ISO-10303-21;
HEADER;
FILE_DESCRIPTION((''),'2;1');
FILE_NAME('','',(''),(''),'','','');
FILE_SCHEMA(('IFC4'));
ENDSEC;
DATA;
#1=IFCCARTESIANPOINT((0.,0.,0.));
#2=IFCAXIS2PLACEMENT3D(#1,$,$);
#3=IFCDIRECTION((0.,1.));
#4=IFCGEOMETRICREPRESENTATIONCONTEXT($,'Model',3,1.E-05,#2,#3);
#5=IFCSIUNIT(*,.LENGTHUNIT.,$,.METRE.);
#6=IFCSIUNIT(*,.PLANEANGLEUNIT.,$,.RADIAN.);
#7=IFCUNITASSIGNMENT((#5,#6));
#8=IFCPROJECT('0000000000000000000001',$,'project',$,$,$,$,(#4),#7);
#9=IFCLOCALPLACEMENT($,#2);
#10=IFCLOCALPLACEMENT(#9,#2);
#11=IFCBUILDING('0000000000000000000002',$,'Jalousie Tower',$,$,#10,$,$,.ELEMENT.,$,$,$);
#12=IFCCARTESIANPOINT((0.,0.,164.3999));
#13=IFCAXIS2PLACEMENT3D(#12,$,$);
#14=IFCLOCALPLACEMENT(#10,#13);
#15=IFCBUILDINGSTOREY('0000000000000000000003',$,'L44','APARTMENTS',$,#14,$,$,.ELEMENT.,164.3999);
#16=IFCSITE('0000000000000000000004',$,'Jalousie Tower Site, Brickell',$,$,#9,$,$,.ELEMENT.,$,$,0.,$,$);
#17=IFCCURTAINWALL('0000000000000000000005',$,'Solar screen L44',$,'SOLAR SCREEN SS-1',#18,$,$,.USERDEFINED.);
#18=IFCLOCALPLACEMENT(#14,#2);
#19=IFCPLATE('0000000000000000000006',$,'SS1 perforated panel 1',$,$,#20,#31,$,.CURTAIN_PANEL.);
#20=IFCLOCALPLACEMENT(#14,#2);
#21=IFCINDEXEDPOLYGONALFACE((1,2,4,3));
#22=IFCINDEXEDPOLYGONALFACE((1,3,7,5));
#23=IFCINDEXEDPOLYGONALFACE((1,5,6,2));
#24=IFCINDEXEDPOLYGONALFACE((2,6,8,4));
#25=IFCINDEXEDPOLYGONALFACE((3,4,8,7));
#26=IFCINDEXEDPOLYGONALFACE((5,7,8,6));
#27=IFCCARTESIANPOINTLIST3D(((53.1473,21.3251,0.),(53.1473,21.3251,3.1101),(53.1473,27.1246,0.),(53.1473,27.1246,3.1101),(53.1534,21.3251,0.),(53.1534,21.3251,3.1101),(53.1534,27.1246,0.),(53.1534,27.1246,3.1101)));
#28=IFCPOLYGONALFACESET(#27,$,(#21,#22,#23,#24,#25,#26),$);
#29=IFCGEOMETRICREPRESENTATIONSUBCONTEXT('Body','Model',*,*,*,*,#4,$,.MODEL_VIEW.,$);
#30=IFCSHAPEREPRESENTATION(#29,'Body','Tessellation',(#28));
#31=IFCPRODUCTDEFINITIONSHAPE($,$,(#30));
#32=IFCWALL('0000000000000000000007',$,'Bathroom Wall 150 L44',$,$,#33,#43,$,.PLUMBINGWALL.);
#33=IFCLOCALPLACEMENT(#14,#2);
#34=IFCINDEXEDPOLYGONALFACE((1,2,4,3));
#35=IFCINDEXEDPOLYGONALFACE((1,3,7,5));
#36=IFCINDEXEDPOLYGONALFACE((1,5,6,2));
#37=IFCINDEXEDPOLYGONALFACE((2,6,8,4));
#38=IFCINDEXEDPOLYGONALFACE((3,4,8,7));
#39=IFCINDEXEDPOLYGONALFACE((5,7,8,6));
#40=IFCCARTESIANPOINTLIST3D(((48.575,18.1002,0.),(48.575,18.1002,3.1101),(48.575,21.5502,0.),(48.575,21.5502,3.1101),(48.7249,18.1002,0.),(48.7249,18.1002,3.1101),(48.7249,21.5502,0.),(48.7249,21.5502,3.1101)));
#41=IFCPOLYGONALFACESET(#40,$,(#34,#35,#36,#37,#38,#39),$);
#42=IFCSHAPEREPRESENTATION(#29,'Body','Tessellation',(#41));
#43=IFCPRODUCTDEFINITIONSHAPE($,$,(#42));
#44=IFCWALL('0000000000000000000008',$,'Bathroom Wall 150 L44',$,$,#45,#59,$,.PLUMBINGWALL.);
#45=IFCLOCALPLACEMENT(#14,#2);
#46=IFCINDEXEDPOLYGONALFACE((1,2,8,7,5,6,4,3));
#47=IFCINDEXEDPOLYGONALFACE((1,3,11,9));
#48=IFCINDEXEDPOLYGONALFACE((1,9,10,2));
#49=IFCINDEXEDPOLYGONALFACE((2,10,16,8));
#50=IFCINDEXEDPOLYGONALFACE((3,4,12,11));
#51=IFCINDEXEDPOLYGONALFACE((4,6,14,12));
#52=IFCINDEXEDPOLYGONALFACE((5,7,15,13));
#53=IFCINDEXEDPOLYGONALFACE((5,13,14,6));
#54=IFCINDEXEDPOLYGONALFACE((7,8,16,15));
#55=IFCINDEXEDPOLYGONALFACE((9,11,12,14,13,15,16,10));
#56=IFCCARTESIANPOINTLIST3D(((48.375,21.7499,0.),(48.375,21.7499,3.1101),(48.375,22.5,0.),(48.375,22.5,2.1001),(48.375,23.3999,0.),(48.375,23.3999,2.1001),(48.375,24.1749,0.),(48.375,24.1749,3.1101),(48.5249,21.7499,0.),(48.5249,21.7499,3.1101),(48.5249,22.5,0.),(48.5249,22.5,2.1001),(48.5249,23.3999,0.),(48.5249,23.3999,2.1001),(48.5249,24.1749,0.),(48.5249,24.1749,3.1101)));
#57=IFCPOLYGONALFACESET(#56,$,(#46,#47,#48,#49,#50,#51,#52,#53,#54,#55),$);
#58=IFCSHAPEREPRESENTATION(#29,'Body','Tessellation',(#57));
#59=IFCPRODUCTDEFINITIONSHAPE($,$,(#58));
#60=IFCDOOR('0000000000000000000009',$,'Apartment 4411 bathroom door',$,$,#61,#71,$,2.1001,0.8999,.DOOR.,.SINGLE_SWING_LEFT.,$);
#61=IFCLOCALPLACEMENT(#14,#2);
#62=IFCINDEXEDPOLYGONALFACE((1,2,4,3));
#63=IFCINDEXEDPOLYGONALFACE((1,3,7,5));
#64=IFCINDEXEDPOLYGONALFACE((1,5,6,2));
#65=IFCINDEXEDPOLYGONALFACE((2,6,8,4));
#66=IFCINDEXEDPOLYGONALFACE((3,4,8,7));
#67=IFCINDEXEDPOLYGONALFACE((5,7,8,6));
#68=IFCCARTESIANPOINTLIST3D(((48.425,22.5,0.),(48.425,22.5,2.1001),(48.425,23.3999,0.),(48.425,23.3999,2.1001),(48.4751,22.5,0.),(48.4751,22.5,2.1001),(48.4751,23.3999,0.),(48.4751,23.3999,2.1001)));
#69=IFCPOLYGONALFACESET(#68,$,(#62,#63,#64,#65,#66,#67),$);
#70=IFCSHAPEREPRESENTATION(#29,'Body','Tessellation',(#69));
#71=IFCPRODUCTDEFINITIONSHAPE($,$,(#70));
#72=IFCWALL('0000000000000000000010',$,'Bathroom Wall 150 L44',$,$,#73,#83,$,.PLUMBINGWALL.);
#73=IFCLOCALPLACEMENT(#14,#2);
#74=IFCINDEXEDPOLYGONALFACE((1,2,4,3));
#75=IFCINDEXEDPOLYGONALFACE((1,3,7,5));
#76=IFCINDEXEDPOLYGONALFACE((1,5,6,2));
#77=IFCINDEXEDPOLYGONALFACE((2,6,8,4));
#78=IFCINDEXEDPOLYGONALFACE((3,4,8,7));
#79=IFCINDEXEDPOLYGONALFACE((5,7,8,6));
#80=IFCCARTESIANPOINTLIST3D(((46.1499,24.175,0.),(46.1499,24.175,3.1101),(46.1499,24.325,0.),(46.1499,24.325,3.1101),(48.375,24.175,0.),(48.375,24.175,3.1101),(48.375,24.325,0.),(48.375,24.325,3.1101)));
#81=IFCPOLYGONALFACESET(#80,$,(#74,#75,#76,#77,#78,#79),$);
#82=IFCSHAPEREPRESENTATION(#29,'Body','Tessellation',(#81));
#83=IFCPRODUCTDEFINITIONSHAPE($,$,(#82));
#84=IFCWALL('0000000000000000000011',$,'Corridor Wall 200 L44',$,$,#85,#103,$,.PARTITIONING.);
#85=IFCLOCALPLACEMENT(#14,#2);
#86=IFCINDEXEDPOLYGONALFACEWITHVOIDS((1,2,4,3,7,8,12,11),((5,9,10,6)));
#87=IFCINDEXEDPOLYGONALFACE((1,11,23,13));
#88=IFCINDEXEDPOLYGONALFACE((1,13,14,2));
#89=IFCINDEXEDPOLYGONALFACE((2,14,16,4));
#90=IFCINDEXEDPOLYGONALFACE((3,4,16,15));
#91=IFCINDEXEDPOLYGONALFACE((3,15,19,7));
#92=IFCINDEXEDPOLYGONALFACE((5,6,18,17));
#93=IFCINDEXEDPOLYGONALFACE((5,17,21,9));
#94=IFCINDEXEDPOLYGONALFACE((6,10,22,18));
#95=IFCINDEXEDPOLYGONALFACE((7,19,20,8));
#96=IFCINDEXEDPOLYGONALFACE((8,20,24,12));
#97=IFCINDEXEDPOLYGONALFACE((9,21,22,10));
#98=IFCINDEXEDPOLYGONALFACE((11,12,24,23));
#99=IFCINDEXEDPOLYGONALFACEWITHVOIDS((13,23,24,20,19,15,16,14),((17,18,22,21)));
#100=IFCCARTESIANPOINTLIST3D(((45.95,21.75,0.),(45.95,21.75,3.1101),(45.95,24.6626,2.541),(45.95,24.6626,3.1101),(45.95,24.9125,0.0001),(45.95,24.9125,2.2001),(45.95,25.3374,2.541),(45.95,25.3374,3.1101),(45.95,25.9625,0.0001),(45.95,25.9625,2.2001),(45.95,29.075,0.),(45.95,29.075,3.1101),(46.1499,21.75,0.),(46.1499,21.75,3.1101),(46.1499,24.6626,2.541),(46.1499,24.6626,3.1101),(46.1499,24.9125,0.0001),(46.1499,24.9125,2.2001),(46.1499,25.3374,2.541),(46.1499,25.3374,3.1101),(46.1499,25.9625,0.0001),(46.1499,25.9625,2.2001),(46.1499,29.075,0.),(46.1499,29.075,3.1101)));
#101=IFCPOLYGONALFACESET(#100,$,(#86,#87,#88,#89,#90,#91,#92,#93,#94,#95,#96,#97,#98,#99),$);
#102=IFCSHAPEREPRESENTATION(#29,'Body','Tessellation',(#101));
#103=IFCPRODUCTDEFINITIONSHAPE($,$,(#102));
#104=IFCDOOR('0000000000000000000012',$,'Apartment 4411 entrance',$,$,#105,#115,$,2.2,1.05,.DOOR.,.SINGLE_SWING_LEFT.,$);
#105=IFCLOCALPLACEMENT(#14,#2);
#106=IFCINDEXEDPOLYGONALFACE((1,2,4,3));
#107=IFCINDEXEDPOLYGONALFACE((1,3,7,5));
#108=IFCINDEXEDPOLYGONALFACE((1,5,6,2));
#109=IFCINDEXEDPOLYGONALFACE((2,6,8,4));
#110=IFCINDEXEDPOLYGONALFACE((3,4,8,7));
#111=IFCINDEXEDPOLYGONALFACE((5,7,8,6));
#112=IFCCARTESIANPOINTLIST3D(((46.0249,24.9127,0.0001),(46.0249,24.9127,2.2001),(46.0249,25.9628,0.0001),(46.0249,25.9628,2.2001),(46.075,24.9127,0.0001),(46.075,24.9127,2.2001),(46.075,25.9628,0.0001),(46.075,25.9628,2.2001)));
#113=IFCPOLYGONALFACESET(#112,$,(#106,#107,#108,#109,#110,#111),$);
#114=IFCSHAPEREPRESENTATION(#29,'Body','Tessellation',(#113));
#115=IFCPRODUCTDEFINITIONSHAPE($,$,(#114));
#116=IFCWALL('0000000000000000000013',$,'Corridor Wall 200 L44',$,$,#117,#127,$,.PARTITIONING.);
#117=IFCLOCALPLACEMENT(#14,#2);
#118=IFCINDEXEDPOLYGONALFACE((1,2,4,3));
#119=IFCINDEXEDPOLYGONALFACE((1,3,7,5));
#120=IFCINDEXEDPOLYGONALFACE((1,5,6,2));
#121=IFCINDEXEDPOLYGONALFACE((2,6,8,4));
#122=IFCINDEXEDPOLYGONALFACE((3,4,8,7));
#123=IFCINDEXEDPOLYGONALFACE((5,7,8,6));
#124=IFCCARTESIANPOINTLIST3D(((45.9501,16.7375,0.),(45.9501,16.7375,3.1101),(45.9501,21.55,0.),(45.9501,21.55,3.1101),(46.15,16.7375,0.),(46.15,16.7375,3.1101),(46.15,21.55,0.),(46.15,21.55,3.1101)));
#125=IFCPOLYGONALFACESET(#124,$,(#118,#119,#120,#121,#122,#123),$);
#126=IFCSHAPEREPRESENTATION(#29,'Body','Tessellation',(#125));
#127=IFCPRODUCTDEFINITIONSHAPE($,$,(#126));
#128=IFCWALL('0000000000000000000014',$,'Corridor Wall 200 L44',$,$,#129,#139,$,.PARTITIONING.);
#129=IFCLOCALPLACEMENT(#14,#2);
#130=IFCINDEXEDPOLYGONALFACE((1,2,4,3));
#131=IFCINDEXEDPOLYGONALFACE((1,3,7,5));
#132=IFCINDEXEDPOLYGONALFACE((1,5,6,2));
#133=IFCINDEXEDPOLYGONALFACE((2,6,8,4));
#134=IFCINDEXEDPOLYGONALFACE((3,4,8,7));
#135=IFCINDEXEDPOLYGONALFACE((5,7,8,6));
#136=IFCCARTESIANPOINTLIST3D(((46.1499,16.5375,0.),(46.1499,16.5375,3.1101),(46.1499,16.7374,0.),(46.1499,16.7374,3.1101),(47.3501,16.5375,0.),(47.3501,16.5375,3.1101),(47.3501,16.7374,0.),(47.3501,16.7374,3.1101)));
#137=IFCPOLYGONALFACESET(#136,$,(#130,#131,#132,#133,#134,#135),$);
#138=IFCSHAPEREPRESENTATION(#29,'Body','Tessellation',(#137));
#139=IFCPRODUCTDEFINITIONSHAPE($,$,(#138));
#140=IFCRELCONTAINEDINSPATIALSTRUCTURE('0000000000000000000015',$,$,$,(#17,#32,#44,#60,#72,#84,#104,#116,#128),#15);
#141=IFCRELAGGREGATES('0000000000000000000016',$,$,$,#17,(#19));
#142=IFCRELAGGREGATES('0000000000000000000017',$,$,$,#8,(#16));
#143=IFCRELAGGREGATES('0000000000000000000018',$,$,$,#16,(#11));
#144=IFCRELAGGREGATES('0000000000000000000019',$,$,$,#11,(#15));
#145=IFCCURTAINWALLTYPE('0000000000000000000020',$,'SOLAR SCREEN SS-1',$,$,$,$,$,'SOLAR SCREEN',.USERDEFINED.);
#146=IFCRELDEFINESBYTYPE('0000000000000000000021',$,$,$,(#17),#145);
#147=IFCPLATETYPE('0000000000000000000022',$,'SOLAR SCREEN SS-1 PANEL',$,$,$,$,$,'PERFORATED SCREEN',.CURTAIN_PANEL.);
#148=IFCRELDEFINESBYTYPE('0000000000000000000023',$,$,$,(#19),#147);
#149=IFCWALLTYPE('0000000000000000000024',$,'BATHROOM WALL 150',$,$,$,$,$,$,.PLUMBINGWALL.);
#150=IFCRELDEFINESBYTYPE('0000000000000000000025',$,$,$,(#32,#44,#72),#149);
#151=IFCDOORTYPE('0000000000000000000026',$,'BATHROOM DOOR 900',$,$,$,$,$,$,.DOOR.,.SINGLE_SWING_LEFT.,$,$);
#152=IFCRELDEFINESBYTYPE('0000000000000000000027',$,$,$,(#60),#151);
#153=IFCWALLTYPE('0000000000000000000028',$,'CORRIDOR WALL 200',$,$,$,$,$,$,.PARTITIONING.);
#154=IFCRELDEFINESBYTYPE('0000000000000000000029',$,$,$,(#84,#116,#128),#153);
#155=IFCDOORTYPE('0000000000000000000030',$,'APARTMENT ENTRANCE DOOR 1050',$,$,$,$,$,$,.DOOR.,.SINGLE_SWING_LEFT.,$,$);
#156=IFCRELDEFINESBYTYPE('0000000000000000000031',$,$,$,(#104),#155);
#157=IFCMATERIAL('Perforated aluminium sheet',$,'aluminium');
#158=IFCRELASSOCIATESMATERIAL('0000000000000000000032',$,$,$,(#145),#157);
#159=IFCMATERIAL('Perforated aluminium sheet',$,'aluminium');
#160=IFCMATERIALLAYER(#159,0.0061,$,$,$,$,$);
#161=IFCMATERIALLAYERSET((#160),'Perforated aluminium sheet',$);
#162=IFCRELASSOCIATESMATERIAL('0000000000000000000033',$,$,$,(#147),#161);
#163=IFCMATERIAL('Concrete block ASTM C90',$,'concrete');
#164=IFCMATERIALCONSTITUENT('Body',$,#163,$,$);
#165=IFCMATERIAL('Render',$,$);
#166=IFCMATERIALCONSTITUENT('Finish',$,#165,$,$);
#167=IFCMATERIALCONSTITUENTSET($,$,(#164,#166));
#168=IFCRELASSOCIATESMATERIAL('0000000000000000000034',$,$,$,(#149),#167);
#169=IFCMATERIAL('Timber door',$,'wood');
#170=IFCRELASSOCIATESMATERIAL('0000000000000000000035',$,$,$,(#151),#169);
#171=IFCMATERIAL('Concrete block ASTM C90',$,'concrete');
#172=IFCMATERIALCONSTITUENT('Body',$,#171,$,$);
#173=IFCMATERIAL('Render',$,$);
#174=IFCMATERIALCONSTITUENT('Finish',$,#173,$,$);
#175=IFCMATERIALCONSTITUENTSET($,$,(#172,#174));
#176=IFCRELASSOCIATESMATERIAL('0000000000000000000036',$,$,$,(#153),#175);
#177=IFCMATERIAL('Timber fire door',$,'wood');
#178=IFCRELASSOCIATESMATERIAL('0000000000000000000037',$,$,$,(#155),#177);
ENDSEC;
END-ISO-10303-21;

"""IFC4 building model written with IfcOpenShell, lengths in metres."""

from ifc_helpers import new_model, si_unit, direction, frame, frame_2d, origin, origin_2d, place, context, subcontext, project, spatial, polyline, rectangle, outline, extrude, material, layer, layer_set, constituent, constituent_set, type_object, element, fill, aggregate, save


model = new_model("IFC4")

# Units and contexts
model_context = context("Model", 3, precision=1e-05, world=origin(), true_north=direction((0.0, 1.0)))
body_context = subcontext(model_context, "Body", "Model", "MODEL_VIEW")
ifc_project = project(units=[si_unit("LENGTHUNIT", "METRE"), si_unit("PLANEANGLEUNIT", "RADIAN")], contexts=[model_context])

# Site, building, storey
site_placement = place(None, origin())
site = spatial("IfcSite", under=ifc_project, at=site_placement, Name="Jalousie Tower Site, Brickell", CompositionType="ELEMENT", RefElevation=0.0)
building_placement = place(site_placement, origin())
building = spatial("IfcBuilding", under=site, at=building_placement, Name="Jalousie Tower", CompositionType="ELEMENT")
storey_placement = place(building_placement, frame((0.0, 0.0, 164.3999)))
storey = spatial("IfcBuildingStorey", under=building, at=storey_placement, Name="L44", Description="APARTMENTS", CompositionType="ELEMENT", Elevation=164.3999)

# Curtain wall, plate
ifc_material_1 = material(Name="Perforated aluminium sheet", Category="aluminium")
curtain_wall_type = type_object("IfcCurtainWallType", Name="SOLAR SCREEN SS-1", ElementType="SOLAR SCREEN", PredefinedType="USERDEFINED", material=ifc_material_1)
curtain_wall_placement = place(storey_placement, origin())
curtain_wall = element("IfcCurtainWall", 1, at=curtain_wall_placement, inside=storey, type_object=curtain_wall_type, Name="Solar screen L44", ObjectType="SOLAR SCREEN SS-1", PredefinedType="USERDEFINED")
ifc_material_2 = material(Name="Perforated aluminium sheet", Category="aluminium")
ifc_layer_1 = layer(ifc_material_2, 0.0061)
ifc_layer_set_1 = layer_set([ifc_layer_1], Name="Perforated aluminium sheet")
plate_type = type_object("IfcPlateType", Name="SOLAR SCREEN SS-1 PANEL", ElementType="PERFORATED SCREEN", PredefinedType="CURTAIN_PANEL", material=ifc_layer_set_1)
plate_placement = place(storey_placement, frame((53.1504, 24.2249, 0.0), z_axis=(0.0, 0.0, 1.0), x_axis=(0.0, 1.0, 0.0)))
plate = element("IfcPlate", 2, at=plate_placement, type_object=plate_type, Name="SS1 perforated panel 1", PredefinedType="CURTAIN_PANEL", context=body_context, shape_type="SweptSolid", body=[
    extrude(rectangle(XDim=5.7996, YDim=0.0061, at=origin_2d()), origin(), (0.0, 0.0, 1.0), 3.1101),
])
aggregate(curtain_wall, [plate])

# Wall
ifc_material_3 = material(Name="Concrete block ASTM C90", Category="concrete")
ifc_constituent_1 = constituent(ifc_material_3, Name="Body")
ifc_material_4 = material(Name="Render")
ifc_constituent_2 = constituent(ifc_material_4, Name="Finish")
ifc_constituent_set_1 = constituent_set(constituents=[ifc_constituent_1, ifc_constituent_2])
wall_type_1 = type_object("IfcWallType", Name="BATHROOM WALL 150", PredefinedType="PLUMBINGWALL", material=ifc_constituent_set_1)
wall_1_placement = place(storey_placement, frame((48.6499, 18.1001, 0.0), z_axis=(0.0, 0.0, 1.0), x_axis=(0.0, 1.0, 0.0)))
element("IfcWall", 3, at=wall_1_placement, inside=storey, type_object=wall_type_1, Name="Bathroom Wall 150 L44", PredefinedType="PLUMBINGWALL", context=body_context, shape_type="SweptSolid", body=[
    extrude(rectangle(XDim=3.45, YDim=0.1499, at=frame_2d((1.7251, 0.0))), origin(), (0.0, 0.0, 1.0), 3.1101),
])

# Wall, opening, door
wall_2_placement = place(storey_placement, frame((48.45, 21.75, 0.0), z_axis=(0.0, 0.0, 1.0), x_axis=(0.0, 1.0, 0.0)))
wall_2 = element("IfcWall", 4, at=wall_2_placement, inside=storey, type_object=wall_type_1, Name="Bathroom Wall 150 L44", PredefinedType="PLUMBINGWALL", context=body_context, shape_type="SweptSolid", body=[
    extrude(rectangle(XDim=2.425, YDim=0.1499, at=frame_2d((1.2124, 0.0))), origin(), (0.0, 0.0, 1.0), 3.1101),
])
opening_1_placement = place(wall_2_placement, frame((0.75, 0.0, 0.0)))
opening_1 = element("IfcOpeningElement", 5, at=opening_1_placement, cuts=wall_2, PredefinedType="OPENING", context=body_context, shape_type="SweptSolid", body=[
    extrude(rectangle(XDim=0.8999, YDim=2.1001, at=frame_2d((0.45, 1.05))), frame((0.0, 0.085, 0.0), z_axis=(0.0, -1.0, 0.0), x_axis=(1.0, 0.0, 0.0)), (0.0, 0.0, 1.0), 0.1699),
])
ifc_material_5 = material(Name="Timber door", Category="wood")
door_type_1 = type_object("IfcDoorType", Name="BATHROOM DOOR 900", OperationType="SINGLE_SWING_LEFT", PredefinedType="DOOR", material=ifc_material_5)
door_1_placement = place(opening_1_placement, origin())
door_1 = element("IfcDoor", 6, at=door_1_placement, inside=storey, type_object=door_type_1, Name="Apartment 4411 bathroom door", OperationType="SINGLE_SWING_LEFT", OverallHeight=2.1001, OverallWidth=0.8999, PredefinedType="DOOR", context=body_context, shape_type="SweptSolid", body=[
    extrude(rectangle(XDim=0.8999, YDim=2.1001, at=frame_2d((0.45, 1.05))), frame((0.0, 0.0249, 0.0), z_axis=(0.0, -1.0, 0.0), x_axis=(1.0, 0.0, 0.0)), (0.0, 0.0, 1.0), 0.05),
])
fill(opening_1, door_1)

# Wall
wall_3_placement = place(storey_placement, frame((48.375, 24.25, 0.0), z_axis=(0.0, 0.0, 1.0), x_axis=(-1.0, 0.0, 0.0)))
element("IfcWall", 7, at=wall_3_placement, inside=storey, type_object=wall_type_1, Name="Bathroom Wall 150 L44", PredefinedType="PLUMBINGWALL", context=body_context, shape_type="SweptSolid", body=[
    extrude(rectangle(XDim=2.2251, YDim=0.1499, at=frame_2d((1.1125, 0.0))), origin(), (0.0, 0.0, 1.0), 3.1101),
])

# Wall, opening, door
ifc_material_6 = material(Name="Concrete block ASTM C90", Category="concrete")
ifc_constituent_3 = constituent(ifc_material_6, Name="Body")
ifc_material_7 = material(Name="Render")
ifc_constituent_4 = constituent(ifc_material_7, Name="Finish")
ifc_constituent_set_2 = constituent_set(constituents=[ifc_constituent_3, ifc_constituent_4])
wall_type_2 = type_object("IfcWallType", Name="CORRIDOR WALL 200", PredefinedType="PARTITIONING", material=ifc_constituent_set_2)
wall_4_placement = place(storey_placement, frame((46.05, 21.75, 0.0), z_axis=(0.0, 0.0, 1.0), x_axis=(0.0, 1.0, 0.0)))
wall_4 = element("IfcWall", 8, at=wall_4_placement, inside=storey, type_object=wall_type_2, Name="Corridor Wall 200 L44", PredefinedType="PARTITIONING", context=body_context, shape_type="SweptSolid", body=[
    extrude(outline(polyline([(0.0, 0.0), (7.325, 0.0), (7.325, 3.1101), (3.5874, 3.1101), (3.5874, 2.541), (2.9126, 2.541), (2.9126, 3.1101), (0.0, 3.1101), (0.0, 0.0)])), frame((0.0, 0.1001, 0.0), z_axis=(0.0, -1.0, 0.0), x_axis=(1.0, 0.0, 0.0)), (0.0, 0.0, 1.0), 0.2),
])
opening_2_placement = place(wall_4_placement, frame((3.1626, 0.0, 0.0)))
opening_2 = element("IfcOpeningElement", 9, at=opening_2_placement, cuts=wall_4, PredefinedType="OPENING", context=body_context, shape_type="SweptSolid", body=[
    extrude(rectangle(XDim=1.05, YDim=2.2, at=frame_2d((0.5249, 1.1001))), frame((0.0, 0.1099, 0.0), z_axis=(0.0, -1.0, 0.0), x_axis=(1.0, 0.0, 0.0)), (0.0, 0.0, 1.0), 0.22),
])
ifc_material_8 = material(Name="Timber fire door", Category="wood")
door_type_2 = type_object("IfcDoorType", Name="APARTMENT ENTRANCE DOOR 1050", OperationType="SINGLE_SWING_LEFT", PredefinedType="DOOR", material=ifc_material_8)
door_2_placement = place(opening_2_placement, frame((1.05, 0.0, 0.0), z_axis=(0.0, 0.0, 1.0), x_axis=(-1.0, 0.0, 0.0)))
door_2 = element("IfcDoor", 10, at=door_2_placement, inside=storey, type_object=door_type_2, Name="Apartment 4411 entrance", OperationType="SINGLE_SWING_LEFT", OverallHeight=2.2, OverallWidth=1.05, PredefinedType="DOOR", context=body_context, shape_type="SweptSolid", body=[
    extrude(rectangle(XDim=1.05, YDim=2.2, at=frame_2d((0.5249, 1.1001))), frame((0.0, 0.0249, 0.0), z_axis=(0.0, -1.0, 0.0), x_axis=(1.0, 0.0, 0.0)), (0.0, 0.0, 1.0), 0.05),
])
fill(opening_2, door_2)

# Walls
wall_5_placement = place(storey_placement, frame((46.05, 16.7375, 0.0), z_axis=(0.0, 0.0, 1.0), x_axis=(0.0, 1.0, 0.0)))
element("IfcWall", 11, at=wall_5_placement, inside=storey, type_object=wall_type_2, Name="Corridor Wall 200 L44", PredefinedType="PARTITIONING", context=body_context, shape_type="SweptSolid", body=[
    extrude(rectangle(XDim=4.8125, YDim=0.2, at=frame_2d((2.4062, 0.0))), origin(), (0.0, 0.0, 1.0), 3.1101),
])
wall_6_placement = place(storey_placement, frame((46.1499, 16.6375, 0.0), z_axis=(0.0, 0.0, 1.0), x_axis=(1.0, 0.0, 0.0)))
element("IfcWall", 12, at=wall_6_placement, inside=storey, type_object=wall_type_2, Name="Corridor Wall 200 L44", PredefinedType="PARTITIONING", context=body_context, shape_type="SweptSolid", body=[
    extrude(rectangle(XDim=1.2002, YDim=0.2, at=frame_2d((0.6001, 0.0))), origin(), (0.0, 0.0, 1.0), 3.1101),
])

save(model, "model.ifc")
